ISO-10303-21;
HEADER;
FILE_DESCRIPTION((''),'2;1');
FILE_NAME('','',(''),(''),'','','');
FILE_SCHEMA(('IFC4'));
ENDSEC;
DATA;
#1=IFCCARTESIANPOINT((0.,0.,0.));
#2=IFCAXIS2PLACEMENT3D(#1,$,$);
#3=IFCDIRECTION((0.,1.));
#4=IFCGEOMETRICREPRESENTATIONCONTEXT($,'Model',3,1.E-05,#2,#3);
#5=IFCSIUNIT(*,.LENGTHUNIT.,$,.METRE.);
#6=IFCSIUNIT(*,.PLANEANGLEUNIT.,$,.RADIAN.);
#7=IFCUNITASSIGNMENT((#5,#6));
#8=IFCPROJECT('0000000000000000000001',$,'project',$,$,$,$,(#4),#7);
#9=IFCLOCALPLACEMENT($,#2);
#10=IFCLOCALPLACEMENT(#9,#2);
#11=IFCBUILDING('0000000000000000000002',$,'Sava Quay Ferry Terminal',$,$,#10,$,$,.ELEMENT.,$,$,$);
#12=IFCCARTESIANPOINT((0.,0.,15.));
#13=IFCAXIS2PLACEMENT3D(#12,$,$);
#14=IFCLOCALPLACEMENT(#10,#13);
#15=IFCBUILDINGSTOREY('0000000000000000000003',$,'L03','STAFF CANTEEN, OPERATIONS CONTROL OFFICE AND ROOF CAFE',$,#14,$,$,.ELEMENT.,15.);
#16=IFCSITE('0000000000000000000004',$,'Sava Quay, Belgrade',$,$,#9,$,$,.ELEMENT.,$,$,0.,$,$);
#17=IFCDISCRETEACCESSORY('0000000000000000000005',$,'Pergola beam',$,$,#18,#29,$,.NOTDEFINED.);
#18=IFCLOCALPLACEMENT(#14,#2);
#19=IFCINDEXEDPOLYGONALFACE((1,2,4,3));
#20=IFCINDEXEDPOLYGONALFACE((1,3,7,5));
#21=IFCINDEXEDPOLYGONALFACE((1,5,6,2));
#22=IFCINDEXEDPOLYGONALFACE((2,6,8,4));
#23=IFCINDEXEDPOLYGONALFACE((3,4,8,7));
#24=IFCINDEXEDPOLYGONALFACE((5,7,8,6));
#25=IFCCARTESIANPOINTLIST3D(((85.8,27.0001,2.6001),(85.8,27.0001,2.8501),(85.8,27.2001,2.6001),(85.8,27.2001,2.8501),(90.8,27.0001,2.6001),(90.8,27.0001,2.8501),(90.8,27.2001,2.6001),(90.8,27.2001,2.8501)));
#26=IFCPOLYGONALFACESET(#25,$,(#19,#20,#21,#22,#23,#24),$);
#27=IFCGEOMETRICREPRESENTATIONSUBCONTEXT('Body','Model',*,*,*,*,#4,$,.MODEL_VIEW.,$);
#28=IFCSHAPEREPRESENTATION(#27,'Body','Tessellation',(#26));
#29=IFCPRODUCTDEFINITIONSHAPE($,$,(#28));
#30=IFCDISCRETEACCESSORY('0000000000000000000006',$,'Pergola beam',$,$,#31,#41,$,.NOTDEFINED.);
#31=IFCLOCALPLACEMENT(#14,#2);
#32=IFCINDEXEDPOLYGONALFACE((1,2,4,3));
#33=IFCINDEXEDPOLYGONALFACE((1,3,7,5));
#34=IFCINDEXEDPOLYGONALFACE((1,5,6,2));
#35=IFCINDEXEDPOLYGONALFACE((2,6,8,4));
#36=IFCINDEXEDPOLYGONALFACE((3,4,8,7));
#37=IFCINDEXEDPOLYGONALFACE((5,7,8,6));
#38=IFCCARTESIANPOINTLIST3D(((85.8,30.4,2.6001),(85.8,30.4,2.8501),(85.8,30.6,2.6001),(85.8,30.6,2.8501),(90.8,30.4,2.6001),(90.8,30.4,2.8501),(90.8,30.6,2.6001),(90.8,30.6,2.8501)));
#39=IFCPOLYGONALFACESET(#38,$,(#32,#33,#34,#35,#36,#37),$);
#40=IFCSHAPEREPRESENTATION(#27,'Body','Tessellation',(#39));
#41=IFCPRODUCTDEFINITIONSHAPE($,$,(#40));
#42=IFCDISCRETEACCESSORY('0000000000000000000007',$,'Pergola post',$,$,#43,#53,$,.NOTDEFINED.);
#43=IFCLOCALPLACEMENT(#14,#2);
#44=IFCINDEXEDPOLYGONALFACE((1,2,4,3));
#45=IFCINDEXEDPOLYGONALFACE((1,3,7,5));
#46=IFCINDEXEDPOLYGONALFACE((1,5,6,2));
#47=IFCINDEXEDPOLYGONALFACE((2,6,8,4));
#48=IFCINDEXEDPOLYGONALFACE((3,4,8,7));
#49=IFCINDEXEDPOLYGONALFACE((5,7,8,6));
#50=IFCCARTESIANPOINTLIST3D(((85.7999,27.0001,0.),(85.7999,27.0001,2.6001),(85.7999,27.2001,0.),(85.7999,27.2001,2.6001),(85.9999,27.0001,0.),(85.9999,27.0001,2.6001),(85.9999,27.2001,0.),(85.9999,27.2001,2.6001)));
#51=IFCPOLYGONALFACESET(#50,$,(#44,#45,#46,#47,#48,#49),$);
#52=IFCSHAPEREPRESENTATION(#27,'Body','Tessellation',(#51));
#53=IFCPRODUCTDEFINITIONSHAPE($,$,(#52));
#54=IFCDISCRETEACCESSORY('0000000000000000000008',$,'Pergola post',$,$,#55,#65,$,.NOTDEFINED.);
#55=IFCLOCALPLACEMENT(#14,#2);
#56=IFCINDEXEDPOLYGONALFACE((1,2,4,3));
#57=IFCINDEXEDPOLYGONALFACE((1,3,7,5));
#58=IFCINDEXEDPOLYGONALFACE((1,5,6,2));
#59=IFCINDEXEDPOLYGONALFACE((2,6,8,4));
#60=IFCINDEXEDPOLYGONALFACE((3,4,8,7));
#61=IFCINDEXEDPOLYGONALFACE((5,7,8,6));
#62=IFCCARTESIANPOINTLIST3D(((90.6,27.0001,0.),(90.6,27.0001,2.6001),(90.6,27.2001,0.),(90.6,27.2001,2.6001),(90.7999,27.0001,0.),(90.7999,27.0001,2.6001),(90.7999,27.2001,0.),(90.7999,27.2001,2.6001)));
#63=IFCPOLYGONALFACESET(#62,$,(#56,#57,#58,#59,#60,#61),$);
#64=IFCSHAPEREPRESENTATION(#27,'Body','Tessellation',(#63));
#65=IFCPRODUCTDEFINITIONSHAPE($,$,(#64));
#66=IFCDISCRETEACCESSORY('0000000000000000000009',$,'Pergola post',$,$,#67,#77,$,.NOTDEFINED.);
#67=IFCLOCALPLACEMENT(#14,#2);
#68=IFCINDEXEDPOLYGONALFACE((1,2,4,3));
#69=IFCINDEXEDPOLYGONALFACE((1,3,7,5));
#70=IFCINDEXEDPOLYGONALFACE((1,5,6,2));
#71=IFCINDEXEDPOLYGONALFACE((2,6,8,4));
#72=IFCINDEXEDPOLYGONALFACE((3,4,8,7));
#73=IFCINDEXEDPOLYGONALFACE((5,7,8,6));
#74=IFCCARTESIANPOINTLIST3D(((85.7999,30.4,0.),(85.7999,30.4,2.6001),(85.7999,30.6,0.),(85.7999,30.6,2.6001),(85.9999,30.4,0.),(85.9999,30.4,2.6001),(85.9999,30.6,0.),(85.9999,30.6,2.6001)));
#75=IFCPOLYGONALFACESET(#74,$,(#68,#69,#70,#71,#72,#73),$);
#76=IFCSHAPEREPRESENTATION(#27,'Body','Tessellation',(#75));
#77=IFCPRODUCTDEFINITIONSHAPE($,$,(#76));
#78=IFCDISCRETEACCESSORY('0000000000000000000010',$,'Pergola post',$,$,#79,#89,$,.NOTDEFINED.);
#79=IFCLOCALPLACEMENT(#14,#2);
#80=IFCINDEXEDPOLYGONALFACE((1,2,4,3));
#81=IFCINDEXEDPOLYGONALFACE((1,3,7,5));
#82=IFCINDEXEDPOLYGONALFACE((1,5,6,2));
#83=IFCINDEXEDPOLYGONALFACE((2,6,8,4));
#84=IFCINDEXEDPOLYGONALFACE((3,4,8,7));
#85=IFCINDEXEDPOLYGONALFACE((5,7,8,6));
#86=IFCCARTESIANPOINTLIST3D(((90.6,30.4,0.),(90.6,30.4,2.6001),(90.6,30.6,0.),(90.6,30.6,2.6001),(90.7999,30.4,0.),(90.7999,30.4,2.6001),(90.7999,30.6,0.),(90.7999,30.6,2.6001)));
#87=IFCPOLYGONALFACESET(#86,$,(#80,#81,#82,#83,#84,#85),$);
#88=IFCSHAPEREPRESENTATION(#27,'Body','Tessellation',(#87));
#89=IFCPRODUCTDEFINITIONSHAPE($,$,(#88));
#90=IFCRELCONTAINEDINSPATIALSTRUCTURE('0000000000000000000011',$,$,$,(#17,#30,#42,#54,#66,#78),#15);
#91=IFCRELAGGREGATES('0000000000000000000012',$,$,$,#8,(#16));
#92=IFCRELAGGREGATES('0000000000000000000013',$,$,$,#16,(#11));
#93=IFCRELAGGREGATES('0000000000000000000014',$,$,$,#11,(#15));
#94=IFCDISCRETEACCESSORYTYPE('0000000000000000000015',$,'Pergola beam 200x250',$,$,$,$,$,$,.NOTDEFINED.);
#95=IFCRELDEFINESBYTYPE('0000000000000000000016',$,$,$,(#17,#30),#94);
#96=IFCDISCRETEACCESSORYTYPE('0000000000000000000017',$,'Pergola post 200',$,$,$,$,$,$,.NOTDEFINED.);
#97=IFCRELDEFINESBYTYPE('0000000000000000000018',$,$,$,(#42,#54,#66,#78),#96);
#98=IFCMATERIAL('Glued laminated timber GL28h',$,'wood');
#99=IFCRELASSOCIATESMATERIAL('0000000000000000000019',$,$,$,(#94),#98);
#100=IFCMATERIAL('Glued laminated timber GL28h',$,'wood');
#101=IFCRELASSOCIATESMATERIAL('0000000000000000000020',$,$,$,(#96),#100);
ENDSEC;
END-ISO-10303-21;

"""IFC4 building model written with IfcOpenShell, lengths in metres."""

from ifc_helpers import new_model, si_unit, direction, frame, origin, origin_2d, place, context, subcontext, project, spatial, rectangle, extrude, material, type_object, element, save


model = new_model("IFC4")

# Units and contexts
model_context = context("Model", 3, precision=1e-05, world=origin(), true_north=direction((0.0, 1.0)))
body_context = subcontext(model_context, "Body", "Model", "MODEL_VIEW")
ifc_project = project(units=[si_unit("LENGTHUNIT", "METRE"), si_unit("PLANEANGLEUNIT", "RADIAN")], contexts=[model_context])

# Site, building, storey
site_placement = place(None, origin())
site = spatial("IfcSite", under=ifc_project, at=site_placement, Name="Sava Quay, Belgrade", CompositionType="ELEMENT", RefElevation=0.0)
building_placement = place(site_placement, origin())
building = spatial("IfcBuilding", under=site, at=building_placement, Name="Sava Quay Ferry Terminal", CompositionType="ELEMENT")
storey_placement = place(building_placement, frame((0.0, 0.0, 15.0)))
storey = spatial("IfcBuildingStorey", under=building, at=storey_placement, Name="L03", Description="STAFF CANTEEN, OPERATIONS CONTROL OFFICE AND ROOF CAFE", CompositionType="ELEMENT", Elevation=15.0)

# Discrete accessories
ifc_material_1 = material(Name="Glued laminated timber GL28h", Category="wood")
discrete_accessory_type_1 = type_object("IfcDiscreteAccessoryType", Name="Pergola beam 200x250", PredefinedType="NOTDEFINED", material=ifc_material_1)
for number, where, z_axis, x_axis, name in (
    (1, (88.3, 27.1001, 2.6001), (0.0, 0.0, 1.0), (1.0, 0.0, 0.0), "Pergola beam"),
    (2, (88.3, 30.5, 2.6001), (0.0, 0.0, 1.0), (1.0, 0.0, 0.0), "Pergola beam"),
):
    element("IfcDiscreteAccessory", number, at=place(storey_placement, frame(where, z_axis=z_axis, x_axis=x_axis)), inside=storey, type_object=discrete_accessory_type_1, Name=name, PredefinedType="NOTDEFINED", context=body_context, shape_type="SweptSolid", body=[
        extrude(rectangle(XDim=5.0, YDim=0.2, at=origin_2d()), origin(), (0.0, 0.0, 1.0), 0.25),
    ])
ifc_material_2 = material(Name="Glued laminated timber GL28h", Category="wood")
discrete_accessory_type_2 = type_object("IfcDiscreteAccessoryType", Name="Pergola post 200", PredefinedType="NOTDEFINED", material=ifc_material_2)
for number, where, z_axis, x_axis, name in (
    (3, (85.8999, 27.1001, 0.0), (0.0, 0.0, 1.0), (1.0, 0.0, 0.0), "Pergola post"),
    (4, (90.7, 27.1001, 0.0), (0.0, 0.0, 1.0), (1.0, 0.0, 0.0), "Pergola post"),
    (5, (85.8999, 30.5, 0.0), (0.0, 0.0, 1.0), (1.0, 0.0, 0.0), "Pergola post"),
    (6, (90.7, 30.5, 0.0), (0.0, 0.0, 1.0), (1.0, 0.0, 0.0), "Pergola post"),
):
    element("IfcDiscreteAccessory", number, at=place(storey_placement, frame(where, z_axis=z_axis, x_axis=x_axis)), inside=storey, type_object=discrete_accessory_type_2, Name=name, PredefinedType="NOTDEFINED", context=body_context, shape_type="SweptSolid", body=[
        extrude(rectangle(XDim=0.2, YDim=0.2, at=origin_2d()), origin(), (0.0, 0.0, 1.0), 2.6001),
    ])

save(model, "model.ifc")
